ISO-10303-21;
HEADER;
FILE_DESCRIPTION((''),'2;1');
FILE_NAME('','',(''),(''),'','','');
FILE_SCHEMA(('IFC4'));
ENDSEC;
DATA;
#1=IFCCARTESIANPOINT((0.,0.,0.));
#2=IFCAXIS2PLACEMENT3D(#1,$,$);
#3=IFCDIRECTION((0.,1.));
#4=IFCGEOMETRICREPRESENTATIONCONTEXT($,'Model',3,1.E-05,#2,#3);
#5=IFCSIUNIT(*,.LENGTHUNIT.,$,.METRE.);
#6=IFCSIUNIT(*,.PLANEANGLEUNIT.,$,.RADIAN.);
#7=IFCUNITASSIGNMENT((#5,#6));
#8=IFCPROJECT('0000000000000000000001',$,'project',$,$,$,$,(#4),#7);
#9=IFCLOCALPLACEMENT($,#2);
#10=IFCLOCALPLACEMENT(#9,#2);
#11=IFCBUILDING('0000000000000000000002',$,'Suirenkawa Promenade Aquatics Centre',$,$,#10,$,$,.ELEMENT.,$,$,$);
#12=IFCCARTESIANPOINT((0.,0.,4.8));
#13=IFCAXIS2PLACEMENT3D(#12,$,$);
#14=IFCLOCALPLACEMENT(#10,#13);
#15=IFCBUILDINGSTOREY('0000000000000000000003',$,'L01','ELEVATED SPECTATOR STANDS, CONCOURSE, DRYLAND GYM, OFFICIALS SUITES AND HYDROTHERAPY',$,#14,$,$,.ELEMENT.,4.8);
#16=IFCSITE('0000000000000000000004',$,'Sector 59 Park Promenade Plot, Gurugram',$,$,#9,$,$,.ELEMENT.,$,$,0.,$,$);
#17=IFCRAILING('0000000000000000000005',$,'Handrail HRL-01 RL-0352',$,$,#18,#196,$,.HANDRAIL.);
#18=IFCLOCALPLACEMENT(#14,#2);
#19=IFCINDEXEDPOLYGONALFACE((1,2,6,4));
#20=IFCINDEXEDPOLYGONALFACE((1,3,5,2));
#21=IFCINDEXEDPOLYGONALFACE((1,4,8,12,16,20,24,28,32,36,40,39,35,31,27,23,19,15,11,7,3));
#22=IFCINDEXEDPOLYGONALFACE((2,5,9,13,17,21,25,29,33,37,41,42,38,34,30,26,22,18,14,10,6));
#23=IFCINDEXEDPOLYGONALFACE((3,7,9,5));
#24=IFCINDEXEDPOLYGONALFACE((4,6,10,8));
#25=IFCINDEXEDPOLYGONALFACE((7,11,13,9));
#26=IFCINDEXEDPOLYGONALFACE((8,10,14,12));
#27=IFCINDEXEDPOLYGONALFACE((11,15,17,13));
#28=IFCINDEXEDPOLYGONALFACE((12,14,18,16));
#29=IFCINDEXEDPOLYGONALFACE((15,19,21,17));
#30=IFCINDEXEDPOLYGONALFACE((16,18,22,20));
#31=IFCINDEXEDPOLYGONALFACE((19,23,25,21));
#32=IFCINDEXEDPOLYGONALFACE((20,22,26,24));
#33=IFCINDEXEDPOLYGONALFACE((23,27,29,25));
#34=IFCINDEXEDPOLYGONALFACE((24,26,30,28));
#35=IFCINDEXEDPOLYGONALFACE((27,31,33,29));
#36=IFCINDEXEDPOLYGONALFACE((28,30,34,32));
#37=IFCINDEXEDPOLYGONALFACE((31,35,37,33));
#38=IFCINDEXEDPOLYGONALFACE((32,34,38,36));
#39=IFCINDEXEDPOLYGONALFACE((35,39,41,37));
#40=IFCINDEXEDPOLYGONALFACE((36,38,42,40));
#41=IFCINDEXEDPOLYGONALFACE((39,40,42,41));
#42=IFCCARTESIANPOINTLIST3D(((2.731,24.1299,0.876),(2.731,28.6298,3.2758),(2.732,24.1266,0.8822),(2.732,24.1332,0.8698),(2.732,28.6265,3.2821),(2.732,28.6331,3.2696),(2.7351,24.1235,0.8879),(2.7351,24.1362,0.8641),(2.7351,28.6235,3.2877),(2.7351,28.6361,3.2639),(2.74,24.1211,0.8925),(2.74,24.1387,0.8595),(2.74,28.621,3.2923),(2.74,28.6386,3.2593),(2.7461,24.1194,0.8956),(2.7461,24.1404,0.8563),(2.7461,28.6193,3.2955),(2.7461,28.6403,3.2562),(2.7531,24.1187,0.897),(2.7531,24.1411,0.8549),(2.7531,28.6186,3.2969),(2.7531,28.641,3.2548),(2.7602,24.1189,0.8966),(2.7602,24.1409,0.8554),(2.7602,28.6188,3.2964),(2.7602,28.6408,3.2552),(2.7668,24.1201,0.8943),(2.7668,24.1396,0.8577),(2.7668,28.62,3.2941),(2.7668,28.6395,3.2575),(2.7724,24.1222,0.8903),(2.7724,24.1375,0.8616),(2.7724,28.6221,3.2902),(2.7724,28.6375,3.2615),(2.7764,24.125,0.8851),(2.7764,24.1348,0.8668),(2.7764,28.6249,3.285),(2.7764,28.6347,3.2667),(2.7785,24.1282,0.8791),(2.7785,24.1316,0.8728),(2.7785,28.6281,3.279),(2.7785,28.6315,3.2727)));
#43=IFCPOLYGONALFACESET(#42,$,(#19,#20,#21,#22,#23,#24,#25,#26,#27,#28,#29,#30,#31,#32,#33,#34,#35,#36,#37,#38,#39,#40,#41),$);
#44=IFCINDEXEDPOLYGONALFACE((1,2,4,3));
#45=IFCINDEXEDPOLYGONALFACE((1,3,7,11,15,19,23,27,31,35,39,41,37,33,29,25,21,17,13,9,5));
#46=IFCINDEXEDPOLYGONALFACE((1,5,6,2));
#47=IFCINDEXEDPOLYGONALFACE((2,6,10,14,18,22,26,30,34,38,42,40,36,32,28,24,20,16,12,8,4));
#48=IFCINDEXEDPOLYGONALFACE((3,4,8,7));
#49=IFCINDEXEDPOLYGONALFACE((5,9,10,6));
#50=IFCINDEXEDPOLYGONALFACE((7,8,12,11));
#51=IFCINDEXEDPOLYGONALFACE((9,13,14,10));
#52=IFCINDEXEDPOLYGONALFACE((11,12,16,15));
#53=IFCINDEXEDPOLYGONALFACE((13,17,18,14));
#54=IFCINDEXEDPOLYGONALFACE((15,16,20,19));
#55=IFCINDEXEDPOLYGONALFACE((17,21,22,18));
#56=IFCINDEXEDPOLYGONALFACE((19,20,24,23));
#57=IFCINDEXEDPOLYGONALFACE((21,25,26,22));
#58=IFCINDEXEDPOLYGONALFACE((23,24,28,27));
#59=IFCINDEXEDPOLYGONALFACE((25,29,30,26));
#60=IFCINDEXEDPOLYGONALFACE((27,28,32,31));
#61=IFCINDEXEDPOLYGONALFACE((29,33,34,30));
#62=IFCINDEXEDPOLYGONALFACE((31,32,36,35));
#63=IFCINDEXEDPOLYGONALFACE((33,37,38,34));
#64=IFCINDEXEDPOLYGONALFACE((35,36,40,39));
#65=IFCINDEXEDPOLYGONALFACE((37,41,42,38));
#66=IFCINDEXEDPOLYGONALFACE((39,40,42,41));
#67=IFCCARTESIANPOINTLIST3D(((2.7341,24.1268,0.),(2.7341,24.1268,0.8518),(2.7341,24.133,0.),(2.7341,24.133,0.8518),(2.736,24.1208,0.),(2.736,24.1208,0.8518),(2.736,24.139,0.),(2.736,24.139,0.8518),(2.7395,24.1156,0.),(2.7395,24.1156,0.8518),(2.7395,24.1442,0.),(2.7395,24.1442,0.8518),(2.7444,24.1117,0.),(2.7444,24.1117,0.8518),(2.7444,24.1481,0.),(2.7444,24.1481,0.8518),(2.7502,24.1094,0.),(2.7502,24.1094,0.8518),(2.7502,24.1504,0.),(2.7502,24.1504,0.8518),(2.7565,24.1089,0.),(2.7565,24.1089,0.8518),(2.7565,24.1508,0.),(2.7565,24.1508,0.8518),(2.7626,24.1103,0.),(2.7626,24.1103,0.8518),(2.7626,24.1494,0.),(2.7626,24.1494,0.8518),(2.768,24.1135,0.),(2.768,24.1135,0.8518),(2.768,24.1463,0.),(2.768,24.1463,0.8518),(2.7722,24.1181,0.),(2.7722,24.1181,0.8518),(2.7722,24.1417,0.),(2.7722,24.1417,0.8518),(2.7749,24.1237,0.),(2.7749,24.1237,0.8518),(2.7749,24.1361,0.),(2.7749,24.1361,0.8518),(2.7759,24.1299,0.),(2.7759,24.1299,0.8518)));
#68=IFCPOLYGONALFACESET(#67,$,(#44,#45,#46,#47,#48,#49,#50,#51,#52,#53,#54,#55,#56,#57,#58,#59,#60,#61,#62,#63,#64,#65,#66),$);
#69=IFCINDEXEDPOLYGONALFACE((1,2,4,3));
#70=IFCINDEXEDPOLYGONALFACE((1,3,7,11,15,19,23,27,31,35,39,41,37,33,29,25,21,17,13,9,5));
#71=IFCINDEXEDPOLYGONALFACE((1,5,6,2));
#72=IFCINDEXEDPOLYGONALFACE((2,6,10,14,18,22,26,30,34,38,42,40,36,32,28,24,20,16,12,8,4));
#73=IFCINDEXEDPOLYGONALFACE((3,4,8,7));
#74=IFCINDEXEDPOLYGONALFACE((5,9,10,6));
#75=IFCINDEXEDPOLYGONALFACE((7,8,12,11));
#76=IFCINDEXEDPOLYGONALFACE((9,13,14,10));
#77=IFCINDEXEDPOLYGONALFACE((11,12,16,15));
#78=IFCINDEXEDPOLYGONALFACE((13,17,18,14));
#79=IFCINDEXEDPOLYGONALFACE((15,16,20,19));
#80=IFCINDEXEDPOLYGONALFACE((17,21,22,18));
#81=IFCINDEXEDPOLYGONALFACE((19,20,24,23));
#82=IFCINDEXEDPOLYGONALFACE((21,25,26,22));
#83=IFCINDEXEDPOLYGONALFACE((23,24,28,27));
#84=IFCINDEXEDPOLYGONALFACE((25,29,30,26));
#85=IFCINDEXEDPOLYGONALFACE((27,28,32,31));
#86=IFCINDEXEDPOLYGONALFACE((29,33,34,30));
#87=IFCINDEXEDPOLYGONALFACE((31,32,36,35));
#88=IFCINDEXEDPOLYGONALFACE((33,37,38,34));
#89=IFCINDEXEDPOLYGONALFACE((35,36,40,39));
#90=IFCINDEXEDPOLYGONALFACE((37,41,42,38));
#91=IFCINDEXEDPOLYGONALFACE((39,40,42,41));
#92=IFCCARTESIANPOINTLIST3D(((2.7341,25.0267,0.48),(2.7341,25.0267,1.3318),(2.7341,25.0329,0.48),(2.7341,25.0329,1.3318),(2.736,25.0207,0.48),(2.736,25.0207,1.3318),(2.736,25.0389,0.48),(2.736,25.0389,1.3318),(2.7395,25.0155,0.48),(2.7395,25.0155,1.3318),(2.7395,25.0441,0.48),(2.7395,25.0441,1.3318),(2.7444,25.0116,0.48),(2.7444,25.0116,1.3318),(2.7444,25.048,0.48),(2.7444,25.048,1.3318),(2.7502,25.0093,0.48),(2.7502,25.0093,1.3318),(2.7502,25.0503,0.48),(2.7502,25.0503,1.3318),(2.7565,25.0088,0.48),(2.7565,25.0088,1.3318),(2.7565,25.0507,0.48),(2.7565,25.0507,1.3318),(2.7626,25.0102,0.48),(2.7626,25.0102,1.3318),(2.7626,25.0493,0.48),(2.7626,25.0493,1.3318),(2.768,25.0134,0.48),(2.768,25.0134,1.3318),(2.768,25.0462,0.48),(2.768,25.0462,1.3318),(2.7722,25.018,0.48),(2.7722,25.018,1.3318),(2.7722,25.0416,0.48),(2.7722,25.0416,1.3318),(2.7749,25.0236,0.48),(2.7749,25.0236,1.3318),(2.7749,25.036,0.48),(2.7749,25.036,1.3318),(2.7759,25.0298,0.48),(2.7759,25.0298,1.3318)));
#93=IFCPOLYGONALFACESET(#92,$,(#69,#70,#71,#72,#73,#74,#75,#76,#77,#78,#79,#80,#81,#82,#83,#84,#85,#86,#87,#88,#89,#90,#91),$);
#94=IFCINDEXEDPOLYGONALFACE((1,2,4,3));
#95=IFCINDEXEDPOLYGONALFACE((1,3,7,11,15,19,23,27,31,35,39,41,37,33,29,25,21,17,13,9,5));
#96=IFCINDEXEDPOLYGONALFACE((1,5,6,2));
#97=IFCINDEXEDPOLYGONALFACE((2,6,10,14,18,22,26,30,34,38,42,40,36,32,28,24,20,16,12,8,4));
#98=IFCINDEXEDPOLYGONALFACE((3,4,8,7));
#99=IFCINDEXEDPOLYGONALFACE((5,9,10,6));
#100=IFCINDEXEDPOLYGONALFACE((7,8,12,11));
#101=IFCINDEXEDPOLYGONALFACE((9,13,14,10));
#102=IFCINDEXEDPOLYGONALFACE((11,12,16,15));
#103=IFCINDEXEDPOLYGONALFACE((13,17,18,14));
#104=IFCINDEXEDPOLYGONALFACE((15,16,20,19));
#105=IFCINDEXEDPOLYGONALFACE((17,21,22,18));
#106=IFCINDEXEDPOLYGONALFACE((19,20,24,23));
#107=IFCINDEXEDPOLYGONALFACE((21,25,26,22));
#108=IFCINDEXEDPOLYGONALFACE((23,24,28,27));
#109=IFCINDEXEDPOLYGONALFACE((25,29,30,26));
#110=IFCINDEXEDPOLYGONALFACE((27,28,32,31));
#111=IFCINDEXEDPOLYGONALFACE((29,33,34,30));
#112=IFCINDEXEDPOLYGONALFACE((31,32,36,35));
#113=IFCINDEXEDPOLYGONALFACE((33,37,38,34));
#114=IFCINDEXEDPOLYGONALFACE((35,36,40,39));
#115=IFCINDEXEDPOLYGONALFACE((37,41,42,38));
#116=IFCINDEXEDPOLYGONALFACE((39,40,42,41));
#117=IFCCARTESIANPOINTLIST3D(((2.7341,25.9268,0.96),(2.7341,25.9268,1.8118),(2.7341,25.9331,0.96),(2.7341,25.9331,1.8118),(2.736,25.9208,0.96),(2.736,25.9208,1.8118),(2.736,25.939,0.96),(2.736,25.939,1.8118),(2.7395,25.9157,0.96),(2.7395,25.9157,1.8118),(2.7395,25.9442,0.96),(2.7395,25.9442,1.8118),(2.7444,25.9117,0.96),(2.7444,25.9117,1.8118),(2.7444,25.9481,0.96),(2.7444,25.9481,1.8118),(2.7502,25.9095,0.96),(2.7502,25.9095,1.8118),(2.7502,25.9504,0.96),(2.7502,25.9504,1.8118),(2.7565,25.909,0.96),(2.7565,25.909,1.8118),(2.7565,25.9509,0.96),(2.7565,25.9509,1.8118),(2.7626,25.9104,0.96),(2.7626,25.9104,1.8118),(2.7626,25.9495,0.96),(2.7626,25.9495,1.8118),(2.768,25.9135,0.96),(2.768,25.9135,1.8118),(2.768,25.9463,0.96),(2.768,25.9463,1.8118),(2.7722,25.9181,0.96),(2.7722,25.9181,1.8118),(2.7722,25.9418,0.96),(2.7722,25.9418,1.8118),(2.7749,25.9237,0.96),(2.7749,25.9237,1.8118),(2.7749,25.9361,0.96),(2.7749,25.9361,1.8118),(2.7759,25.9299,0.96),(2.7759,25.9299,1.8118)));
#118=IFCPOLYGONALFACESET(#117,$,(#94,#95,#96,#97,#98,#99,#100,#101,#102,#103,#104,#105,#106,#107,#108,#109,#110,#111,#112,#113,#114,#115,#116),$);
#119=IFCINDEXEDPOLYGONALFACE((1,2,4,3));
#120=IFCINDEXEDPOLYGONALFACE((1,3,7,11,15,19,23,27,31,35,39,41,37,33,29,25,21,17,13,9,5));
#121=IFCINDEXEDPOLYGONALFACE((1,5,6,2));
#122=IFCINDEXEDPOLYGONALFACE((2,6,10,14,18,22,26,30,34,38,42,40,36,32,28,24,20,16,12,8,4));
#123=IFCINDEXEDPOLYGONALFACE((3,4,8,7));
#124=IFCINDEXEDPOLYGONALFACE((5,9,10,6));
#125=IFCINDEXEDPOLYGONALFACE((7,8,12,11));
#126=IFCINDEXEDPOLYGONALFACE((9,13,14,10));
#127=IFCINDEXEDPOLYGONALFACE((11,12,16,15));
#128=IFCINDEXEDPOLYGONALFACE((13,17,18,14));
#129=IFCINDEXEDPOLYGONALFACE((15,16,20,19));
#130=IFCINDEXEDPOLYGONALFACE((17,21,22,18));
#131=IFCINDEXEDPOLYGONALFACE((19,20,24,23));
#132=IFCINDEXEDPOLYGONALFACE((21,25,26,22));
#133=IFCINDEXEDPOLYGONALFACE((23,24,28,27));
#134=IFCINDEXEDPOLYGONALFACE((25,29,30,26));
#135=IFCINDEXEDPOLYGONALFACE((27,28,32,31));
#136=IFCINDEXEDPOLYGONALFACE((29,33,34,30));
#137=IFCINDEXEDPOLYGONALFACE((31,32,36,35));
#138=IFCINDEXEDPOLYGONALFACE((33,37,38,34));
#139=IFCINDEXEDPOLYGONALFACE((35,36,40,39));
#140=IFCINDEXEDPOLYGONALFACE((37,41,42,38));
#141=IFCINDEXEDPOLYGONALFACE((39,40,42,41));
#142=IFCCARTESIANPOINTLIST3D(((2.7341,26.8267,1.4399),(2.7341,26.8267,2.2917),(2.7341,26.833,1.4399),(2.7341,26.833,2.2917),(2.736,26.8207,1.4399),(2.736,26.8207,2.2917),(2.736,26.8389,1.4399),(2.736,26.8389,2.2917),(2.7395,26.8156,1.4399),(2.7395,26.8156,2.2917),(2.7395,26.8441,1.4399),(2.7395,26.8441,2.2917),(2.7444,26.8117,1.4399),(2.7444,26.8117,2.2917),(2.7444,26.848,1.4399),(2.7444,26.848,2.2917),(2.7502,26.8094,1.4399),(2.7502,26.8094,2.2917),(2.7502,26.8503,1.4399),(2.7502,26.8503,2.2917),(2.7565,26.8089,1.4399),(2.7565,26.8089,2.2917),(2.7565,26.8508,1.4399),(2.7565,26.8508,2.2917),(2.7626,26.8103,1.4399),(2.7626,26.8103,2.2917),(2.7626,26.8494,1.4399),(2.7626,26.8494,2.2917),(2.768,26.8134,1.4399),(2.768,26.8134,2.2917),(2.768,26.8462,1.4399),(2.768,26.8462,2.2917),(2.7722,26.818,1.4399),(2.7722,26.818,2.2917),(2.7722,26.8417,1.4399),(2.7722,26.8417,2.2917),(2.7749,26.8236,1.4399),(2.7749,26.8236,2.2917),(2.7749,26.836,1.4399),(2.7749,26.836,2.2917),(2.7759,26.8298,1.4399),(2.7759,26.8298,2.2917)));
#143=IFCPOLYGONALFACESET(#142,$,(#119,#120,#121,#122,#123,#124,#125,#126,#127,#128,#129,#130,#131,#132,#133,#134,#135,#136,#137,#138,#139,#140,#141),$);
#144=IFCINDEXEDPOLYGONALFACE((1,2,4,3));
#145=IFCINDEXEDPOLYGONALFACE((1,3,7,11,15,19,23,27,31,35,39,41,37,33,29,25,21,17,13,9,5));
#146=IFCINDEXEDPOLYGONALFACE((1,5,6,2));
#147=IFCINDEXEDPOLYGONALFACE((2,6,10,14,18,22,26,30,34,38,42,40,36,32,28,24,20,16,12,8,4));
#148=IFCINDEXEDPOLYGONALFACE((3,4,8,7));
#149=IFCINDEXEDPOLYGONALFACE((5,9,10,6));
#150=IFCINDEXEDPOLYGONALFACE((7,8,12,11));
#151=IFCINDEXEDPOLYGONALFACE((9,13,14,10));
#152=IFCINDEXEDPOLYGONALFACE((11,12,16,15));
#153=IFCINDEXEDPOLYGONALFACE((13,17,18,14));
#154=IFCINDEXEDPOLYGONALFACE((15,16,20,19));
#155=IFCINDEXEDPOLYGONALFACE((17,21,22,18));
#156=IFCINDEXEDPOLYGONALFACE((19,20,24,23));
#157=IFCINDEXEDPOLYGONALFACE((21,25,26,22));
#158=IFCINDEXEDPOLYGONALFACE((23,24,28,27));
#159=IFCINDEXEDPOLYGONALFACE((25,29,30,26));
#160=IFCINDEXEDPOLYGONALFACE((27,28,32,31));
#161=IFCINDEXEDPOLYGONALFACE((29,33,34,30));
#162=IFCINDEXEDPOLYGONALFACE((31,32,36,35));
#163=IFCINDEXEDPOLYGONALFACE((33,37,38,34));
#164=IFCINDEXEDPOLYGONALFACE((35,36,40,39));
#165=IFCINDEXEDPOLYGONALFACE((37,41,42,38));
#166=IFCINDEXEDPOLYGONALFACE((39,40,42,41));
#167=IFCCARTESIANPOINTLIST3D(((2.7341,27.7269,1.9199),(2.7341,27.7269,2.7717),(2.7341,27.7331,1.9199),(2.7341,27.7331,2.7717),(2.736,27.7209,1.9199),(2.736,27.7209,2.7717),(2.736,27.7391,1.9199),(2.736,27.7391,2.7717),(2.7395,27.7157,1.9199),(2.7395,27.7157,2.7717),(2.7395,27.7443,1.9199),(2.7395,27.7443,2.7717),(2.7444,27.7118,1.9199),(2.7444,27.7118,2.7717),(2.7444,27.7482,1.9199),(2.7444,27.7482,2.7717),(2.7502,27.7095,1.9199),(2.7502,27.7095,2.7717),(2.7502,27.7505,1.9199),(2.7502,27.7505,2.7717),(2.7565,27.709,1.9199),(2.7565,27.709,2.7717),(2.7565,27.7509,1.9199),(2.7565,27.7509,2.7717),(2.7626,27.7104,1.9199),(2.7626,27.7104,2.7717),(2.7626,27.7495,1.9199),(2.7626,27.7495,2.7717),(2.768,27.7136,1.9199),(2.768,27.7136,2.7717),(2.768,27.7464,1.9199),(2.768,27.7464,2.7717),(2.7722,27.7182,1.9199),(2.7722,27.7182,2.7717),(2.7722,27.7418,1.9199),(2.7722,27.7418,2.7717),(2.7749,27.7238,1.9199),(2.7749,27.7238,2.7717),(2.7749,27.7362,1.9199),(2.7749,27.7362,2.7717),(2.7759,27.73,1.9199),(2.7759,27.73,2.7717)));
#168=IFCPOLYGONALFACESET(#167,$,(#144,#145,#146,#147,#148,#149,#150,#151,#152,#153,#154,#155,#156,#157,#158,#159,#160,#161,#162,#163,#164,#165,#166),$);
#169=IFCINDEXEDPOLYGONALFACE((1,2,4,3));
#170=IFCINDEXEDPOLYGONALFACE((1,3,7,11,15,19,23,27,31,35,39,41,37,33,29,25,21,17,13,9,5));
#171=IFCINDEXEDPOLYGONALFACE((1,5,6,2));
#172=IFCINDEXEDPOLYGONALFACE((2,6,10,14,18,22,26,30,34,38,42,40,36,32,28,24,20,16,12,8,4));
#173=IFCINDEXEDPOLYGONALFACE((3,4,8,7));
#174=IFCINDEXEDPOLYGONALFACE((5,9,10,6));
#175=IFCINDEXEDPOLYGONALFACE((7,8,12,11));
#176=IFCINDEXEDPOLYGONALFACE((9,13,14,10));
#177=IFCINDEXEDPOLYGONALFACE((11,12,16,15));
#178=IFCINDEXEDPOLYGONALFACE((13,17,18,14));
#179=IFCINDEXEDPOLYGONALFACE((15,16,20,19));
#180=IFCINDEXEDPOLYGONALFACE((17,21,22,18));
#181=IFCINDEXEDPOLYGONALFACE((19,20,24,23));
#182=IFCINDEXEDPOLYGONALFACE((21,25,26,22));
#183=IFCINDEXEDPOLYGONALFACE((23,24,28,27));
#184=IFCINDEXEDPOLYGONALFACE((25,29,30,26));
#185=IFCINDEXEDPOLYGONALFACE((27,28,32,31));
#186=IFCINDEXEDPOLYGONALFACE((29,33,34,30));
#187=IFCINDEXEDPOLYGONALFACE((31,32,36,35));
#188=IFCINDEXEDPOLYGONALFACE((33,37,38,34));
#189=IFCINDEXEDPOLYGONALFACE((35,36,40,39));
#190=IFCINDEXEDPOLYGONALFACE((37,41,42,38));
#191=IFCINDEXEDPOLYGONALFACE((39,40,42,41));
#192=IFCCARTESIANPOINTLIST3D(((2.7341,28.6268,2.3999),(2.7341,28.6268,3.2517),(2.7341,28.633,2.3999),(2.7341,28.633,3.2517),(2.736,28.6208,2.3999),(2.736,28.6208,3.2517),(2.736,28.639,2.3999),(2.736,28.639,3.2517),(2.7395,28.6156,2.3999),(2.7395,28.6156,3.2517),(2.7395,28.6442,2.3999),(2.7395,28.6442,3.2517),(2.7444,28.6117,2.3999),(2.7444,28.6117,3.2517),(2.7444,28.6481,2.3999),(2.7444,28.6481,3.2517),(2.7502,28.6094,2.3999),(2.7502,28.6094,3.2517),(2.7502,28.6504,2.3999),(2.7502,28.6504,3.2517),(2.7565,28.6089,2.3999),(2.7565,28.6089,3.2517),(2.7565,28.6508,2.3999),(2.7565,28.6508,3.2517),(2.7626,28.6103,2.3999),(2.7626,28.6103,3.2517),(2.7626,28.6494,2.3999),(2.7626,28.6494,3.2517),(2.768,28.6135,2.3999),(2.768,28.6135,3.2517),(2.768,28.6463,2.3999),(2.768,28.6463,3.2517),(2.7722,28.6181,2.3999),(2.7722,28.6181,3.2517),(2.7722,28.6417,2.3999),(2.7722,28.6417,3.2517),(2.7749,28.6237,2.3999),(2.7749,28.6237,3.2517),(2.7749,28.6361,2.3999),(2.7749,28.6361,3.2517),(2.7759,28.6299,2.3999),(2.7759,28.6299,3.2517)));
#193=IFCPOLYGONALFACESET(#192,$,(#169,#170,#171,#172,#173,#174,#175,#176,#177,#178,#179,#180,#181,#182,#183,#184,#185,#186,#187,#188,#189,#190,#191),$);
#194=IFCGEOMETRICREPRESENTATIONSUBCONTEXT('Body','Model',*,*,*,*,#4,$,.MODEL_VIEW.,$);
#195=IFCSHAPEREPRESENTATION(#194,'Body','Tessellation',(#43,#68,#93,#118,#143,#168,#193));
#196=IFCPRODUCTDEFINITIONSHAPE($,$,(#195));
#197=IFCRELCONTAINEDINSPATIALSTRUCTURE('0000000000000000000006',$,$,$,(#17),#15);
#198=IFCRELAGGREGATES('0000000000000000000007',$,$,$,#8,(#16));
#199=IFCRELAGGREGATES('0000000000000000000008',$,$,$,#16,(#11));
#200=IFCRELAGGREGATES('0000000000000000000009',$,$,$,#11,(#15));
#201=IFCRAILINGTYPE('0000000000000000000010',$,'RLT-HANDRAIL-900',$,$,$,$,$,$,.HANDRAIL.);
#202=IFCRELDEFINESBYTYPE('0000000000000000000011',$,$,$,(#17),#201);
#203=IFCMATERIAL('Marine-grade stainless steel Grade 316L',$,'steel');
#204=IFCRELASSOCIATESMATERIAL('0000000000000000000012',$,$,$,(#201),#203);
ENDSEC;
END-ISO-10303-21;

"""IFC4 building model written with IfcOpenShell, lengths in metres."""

from ifc_helpers import new_model, si_unit, direction, frame, origin, origin_2d, place, context, subcontext, project, spatial, circle, extrude, material, type_object, element, save


model = new_model("IFC4")

# Units and contexts
model_context = context("Model", 3, precision=1e-05, world=origin(), true_north=direction((0.0, 1.0)))
body_context = subcontext(model_context, "Body", "Model", "MODEL_VIEW")
ifc_project = project(units=[si_unit("LENGTHUNIT", "METRE"), si_unit("PLANEANGLEUNIT", "RADIAN")], contexts=[model_context])

# Site, building, storey
site_placement = place(None, origin())
site = spatial("IfcSite", under=ifc_project, at=site_placement, Name="Sector 59 Park Promenade Plot, Gurugram", CompositionType="ELEMENT", RefElevation=0.0)
building_placement = place(site_placement, origin())
building = spatial("IfcBuilding", under=site, at=building_placement, Name="Suirenkawa Promenade Aquatics Centre", CompositionType="ELEMENT")
storey_placement = place(building_placement, frame((0.0, 0.0, 4.8)))
storey = spatial("IfcBuildingStorey", under=building, at=storey_placement, Name="L01", Description="ELEVATED SPECTATOR STANDS, CONCOURSE, DRYLAND GYM, OFFICIALS SUITES AND HYDROTHERAPY", CompositionType="ELEMENT", Elevation=4.8)

# Railing
ifc_material_1 = material(Name="Marine-grade stainless steel Grade 316L", Category="steel")
railing_type_1 = type_object("IfcRailingType", Name="RLT-HANDRAIL-900", PredefinedType="HANDRAIL", material=ifc_material_1)
for number, where, name in (
    (1, (2.7549, 24.1299, 0.0), "Handrail HRL-01 RL-0352"),
):
    element("IfcRailing", number, at=place(storey_placement, frame(where)), inside=storey, type_object=railing_type_1, Name=name, PredefinedType="HANDRAIL", context=body_context, shape_type="SweptSolid", body=[
        extrude(circle(Radius=0.0239, at=origin_2d()), frame((0.0, 0.0, 0.876), z_axis=(0.0, 0.882361, 0.470573), x_axis=(-1.0, 0.0, 0.0)), (0.0, 0.0, 1.0), 5.0999),
        extrude(circle(Radius=0.021, at=origin_2d()), origin(), (0.0, 0.0, 1.0), 0.8518),
        extrude(circle(Radius=0.021, at=origin_2d()), frame((0.0, 0.8999, 0.48)), (0.0, 0.0, 1.0), 0.8518),
        extrude(circle(Radius=0.021, at=origin_2d()), frame((0.0, 1.8, 0.96)), (0.0, 0.0, 1.0), 0.8518),
        extrude(circle(Radius=0.021, at=origin_2d()), frame((0.0, 2.7, 1.4399)), (0.0, 0.0, 1.0), 0.8518),
        extrude(circle(Radius=0.021, at=origin_2d()), frame((0.0, 3.6001, 1.9199)), (0.0, 0.0, 1.0), 0.8518),
        extrude(circle(Radius=0.021, at=origin_2d()), frame((0.0, 4.5, 2.3999)), (0.0, 0.0, 1.0), 0.8518),
    ])

save(model, "model.ifc")
